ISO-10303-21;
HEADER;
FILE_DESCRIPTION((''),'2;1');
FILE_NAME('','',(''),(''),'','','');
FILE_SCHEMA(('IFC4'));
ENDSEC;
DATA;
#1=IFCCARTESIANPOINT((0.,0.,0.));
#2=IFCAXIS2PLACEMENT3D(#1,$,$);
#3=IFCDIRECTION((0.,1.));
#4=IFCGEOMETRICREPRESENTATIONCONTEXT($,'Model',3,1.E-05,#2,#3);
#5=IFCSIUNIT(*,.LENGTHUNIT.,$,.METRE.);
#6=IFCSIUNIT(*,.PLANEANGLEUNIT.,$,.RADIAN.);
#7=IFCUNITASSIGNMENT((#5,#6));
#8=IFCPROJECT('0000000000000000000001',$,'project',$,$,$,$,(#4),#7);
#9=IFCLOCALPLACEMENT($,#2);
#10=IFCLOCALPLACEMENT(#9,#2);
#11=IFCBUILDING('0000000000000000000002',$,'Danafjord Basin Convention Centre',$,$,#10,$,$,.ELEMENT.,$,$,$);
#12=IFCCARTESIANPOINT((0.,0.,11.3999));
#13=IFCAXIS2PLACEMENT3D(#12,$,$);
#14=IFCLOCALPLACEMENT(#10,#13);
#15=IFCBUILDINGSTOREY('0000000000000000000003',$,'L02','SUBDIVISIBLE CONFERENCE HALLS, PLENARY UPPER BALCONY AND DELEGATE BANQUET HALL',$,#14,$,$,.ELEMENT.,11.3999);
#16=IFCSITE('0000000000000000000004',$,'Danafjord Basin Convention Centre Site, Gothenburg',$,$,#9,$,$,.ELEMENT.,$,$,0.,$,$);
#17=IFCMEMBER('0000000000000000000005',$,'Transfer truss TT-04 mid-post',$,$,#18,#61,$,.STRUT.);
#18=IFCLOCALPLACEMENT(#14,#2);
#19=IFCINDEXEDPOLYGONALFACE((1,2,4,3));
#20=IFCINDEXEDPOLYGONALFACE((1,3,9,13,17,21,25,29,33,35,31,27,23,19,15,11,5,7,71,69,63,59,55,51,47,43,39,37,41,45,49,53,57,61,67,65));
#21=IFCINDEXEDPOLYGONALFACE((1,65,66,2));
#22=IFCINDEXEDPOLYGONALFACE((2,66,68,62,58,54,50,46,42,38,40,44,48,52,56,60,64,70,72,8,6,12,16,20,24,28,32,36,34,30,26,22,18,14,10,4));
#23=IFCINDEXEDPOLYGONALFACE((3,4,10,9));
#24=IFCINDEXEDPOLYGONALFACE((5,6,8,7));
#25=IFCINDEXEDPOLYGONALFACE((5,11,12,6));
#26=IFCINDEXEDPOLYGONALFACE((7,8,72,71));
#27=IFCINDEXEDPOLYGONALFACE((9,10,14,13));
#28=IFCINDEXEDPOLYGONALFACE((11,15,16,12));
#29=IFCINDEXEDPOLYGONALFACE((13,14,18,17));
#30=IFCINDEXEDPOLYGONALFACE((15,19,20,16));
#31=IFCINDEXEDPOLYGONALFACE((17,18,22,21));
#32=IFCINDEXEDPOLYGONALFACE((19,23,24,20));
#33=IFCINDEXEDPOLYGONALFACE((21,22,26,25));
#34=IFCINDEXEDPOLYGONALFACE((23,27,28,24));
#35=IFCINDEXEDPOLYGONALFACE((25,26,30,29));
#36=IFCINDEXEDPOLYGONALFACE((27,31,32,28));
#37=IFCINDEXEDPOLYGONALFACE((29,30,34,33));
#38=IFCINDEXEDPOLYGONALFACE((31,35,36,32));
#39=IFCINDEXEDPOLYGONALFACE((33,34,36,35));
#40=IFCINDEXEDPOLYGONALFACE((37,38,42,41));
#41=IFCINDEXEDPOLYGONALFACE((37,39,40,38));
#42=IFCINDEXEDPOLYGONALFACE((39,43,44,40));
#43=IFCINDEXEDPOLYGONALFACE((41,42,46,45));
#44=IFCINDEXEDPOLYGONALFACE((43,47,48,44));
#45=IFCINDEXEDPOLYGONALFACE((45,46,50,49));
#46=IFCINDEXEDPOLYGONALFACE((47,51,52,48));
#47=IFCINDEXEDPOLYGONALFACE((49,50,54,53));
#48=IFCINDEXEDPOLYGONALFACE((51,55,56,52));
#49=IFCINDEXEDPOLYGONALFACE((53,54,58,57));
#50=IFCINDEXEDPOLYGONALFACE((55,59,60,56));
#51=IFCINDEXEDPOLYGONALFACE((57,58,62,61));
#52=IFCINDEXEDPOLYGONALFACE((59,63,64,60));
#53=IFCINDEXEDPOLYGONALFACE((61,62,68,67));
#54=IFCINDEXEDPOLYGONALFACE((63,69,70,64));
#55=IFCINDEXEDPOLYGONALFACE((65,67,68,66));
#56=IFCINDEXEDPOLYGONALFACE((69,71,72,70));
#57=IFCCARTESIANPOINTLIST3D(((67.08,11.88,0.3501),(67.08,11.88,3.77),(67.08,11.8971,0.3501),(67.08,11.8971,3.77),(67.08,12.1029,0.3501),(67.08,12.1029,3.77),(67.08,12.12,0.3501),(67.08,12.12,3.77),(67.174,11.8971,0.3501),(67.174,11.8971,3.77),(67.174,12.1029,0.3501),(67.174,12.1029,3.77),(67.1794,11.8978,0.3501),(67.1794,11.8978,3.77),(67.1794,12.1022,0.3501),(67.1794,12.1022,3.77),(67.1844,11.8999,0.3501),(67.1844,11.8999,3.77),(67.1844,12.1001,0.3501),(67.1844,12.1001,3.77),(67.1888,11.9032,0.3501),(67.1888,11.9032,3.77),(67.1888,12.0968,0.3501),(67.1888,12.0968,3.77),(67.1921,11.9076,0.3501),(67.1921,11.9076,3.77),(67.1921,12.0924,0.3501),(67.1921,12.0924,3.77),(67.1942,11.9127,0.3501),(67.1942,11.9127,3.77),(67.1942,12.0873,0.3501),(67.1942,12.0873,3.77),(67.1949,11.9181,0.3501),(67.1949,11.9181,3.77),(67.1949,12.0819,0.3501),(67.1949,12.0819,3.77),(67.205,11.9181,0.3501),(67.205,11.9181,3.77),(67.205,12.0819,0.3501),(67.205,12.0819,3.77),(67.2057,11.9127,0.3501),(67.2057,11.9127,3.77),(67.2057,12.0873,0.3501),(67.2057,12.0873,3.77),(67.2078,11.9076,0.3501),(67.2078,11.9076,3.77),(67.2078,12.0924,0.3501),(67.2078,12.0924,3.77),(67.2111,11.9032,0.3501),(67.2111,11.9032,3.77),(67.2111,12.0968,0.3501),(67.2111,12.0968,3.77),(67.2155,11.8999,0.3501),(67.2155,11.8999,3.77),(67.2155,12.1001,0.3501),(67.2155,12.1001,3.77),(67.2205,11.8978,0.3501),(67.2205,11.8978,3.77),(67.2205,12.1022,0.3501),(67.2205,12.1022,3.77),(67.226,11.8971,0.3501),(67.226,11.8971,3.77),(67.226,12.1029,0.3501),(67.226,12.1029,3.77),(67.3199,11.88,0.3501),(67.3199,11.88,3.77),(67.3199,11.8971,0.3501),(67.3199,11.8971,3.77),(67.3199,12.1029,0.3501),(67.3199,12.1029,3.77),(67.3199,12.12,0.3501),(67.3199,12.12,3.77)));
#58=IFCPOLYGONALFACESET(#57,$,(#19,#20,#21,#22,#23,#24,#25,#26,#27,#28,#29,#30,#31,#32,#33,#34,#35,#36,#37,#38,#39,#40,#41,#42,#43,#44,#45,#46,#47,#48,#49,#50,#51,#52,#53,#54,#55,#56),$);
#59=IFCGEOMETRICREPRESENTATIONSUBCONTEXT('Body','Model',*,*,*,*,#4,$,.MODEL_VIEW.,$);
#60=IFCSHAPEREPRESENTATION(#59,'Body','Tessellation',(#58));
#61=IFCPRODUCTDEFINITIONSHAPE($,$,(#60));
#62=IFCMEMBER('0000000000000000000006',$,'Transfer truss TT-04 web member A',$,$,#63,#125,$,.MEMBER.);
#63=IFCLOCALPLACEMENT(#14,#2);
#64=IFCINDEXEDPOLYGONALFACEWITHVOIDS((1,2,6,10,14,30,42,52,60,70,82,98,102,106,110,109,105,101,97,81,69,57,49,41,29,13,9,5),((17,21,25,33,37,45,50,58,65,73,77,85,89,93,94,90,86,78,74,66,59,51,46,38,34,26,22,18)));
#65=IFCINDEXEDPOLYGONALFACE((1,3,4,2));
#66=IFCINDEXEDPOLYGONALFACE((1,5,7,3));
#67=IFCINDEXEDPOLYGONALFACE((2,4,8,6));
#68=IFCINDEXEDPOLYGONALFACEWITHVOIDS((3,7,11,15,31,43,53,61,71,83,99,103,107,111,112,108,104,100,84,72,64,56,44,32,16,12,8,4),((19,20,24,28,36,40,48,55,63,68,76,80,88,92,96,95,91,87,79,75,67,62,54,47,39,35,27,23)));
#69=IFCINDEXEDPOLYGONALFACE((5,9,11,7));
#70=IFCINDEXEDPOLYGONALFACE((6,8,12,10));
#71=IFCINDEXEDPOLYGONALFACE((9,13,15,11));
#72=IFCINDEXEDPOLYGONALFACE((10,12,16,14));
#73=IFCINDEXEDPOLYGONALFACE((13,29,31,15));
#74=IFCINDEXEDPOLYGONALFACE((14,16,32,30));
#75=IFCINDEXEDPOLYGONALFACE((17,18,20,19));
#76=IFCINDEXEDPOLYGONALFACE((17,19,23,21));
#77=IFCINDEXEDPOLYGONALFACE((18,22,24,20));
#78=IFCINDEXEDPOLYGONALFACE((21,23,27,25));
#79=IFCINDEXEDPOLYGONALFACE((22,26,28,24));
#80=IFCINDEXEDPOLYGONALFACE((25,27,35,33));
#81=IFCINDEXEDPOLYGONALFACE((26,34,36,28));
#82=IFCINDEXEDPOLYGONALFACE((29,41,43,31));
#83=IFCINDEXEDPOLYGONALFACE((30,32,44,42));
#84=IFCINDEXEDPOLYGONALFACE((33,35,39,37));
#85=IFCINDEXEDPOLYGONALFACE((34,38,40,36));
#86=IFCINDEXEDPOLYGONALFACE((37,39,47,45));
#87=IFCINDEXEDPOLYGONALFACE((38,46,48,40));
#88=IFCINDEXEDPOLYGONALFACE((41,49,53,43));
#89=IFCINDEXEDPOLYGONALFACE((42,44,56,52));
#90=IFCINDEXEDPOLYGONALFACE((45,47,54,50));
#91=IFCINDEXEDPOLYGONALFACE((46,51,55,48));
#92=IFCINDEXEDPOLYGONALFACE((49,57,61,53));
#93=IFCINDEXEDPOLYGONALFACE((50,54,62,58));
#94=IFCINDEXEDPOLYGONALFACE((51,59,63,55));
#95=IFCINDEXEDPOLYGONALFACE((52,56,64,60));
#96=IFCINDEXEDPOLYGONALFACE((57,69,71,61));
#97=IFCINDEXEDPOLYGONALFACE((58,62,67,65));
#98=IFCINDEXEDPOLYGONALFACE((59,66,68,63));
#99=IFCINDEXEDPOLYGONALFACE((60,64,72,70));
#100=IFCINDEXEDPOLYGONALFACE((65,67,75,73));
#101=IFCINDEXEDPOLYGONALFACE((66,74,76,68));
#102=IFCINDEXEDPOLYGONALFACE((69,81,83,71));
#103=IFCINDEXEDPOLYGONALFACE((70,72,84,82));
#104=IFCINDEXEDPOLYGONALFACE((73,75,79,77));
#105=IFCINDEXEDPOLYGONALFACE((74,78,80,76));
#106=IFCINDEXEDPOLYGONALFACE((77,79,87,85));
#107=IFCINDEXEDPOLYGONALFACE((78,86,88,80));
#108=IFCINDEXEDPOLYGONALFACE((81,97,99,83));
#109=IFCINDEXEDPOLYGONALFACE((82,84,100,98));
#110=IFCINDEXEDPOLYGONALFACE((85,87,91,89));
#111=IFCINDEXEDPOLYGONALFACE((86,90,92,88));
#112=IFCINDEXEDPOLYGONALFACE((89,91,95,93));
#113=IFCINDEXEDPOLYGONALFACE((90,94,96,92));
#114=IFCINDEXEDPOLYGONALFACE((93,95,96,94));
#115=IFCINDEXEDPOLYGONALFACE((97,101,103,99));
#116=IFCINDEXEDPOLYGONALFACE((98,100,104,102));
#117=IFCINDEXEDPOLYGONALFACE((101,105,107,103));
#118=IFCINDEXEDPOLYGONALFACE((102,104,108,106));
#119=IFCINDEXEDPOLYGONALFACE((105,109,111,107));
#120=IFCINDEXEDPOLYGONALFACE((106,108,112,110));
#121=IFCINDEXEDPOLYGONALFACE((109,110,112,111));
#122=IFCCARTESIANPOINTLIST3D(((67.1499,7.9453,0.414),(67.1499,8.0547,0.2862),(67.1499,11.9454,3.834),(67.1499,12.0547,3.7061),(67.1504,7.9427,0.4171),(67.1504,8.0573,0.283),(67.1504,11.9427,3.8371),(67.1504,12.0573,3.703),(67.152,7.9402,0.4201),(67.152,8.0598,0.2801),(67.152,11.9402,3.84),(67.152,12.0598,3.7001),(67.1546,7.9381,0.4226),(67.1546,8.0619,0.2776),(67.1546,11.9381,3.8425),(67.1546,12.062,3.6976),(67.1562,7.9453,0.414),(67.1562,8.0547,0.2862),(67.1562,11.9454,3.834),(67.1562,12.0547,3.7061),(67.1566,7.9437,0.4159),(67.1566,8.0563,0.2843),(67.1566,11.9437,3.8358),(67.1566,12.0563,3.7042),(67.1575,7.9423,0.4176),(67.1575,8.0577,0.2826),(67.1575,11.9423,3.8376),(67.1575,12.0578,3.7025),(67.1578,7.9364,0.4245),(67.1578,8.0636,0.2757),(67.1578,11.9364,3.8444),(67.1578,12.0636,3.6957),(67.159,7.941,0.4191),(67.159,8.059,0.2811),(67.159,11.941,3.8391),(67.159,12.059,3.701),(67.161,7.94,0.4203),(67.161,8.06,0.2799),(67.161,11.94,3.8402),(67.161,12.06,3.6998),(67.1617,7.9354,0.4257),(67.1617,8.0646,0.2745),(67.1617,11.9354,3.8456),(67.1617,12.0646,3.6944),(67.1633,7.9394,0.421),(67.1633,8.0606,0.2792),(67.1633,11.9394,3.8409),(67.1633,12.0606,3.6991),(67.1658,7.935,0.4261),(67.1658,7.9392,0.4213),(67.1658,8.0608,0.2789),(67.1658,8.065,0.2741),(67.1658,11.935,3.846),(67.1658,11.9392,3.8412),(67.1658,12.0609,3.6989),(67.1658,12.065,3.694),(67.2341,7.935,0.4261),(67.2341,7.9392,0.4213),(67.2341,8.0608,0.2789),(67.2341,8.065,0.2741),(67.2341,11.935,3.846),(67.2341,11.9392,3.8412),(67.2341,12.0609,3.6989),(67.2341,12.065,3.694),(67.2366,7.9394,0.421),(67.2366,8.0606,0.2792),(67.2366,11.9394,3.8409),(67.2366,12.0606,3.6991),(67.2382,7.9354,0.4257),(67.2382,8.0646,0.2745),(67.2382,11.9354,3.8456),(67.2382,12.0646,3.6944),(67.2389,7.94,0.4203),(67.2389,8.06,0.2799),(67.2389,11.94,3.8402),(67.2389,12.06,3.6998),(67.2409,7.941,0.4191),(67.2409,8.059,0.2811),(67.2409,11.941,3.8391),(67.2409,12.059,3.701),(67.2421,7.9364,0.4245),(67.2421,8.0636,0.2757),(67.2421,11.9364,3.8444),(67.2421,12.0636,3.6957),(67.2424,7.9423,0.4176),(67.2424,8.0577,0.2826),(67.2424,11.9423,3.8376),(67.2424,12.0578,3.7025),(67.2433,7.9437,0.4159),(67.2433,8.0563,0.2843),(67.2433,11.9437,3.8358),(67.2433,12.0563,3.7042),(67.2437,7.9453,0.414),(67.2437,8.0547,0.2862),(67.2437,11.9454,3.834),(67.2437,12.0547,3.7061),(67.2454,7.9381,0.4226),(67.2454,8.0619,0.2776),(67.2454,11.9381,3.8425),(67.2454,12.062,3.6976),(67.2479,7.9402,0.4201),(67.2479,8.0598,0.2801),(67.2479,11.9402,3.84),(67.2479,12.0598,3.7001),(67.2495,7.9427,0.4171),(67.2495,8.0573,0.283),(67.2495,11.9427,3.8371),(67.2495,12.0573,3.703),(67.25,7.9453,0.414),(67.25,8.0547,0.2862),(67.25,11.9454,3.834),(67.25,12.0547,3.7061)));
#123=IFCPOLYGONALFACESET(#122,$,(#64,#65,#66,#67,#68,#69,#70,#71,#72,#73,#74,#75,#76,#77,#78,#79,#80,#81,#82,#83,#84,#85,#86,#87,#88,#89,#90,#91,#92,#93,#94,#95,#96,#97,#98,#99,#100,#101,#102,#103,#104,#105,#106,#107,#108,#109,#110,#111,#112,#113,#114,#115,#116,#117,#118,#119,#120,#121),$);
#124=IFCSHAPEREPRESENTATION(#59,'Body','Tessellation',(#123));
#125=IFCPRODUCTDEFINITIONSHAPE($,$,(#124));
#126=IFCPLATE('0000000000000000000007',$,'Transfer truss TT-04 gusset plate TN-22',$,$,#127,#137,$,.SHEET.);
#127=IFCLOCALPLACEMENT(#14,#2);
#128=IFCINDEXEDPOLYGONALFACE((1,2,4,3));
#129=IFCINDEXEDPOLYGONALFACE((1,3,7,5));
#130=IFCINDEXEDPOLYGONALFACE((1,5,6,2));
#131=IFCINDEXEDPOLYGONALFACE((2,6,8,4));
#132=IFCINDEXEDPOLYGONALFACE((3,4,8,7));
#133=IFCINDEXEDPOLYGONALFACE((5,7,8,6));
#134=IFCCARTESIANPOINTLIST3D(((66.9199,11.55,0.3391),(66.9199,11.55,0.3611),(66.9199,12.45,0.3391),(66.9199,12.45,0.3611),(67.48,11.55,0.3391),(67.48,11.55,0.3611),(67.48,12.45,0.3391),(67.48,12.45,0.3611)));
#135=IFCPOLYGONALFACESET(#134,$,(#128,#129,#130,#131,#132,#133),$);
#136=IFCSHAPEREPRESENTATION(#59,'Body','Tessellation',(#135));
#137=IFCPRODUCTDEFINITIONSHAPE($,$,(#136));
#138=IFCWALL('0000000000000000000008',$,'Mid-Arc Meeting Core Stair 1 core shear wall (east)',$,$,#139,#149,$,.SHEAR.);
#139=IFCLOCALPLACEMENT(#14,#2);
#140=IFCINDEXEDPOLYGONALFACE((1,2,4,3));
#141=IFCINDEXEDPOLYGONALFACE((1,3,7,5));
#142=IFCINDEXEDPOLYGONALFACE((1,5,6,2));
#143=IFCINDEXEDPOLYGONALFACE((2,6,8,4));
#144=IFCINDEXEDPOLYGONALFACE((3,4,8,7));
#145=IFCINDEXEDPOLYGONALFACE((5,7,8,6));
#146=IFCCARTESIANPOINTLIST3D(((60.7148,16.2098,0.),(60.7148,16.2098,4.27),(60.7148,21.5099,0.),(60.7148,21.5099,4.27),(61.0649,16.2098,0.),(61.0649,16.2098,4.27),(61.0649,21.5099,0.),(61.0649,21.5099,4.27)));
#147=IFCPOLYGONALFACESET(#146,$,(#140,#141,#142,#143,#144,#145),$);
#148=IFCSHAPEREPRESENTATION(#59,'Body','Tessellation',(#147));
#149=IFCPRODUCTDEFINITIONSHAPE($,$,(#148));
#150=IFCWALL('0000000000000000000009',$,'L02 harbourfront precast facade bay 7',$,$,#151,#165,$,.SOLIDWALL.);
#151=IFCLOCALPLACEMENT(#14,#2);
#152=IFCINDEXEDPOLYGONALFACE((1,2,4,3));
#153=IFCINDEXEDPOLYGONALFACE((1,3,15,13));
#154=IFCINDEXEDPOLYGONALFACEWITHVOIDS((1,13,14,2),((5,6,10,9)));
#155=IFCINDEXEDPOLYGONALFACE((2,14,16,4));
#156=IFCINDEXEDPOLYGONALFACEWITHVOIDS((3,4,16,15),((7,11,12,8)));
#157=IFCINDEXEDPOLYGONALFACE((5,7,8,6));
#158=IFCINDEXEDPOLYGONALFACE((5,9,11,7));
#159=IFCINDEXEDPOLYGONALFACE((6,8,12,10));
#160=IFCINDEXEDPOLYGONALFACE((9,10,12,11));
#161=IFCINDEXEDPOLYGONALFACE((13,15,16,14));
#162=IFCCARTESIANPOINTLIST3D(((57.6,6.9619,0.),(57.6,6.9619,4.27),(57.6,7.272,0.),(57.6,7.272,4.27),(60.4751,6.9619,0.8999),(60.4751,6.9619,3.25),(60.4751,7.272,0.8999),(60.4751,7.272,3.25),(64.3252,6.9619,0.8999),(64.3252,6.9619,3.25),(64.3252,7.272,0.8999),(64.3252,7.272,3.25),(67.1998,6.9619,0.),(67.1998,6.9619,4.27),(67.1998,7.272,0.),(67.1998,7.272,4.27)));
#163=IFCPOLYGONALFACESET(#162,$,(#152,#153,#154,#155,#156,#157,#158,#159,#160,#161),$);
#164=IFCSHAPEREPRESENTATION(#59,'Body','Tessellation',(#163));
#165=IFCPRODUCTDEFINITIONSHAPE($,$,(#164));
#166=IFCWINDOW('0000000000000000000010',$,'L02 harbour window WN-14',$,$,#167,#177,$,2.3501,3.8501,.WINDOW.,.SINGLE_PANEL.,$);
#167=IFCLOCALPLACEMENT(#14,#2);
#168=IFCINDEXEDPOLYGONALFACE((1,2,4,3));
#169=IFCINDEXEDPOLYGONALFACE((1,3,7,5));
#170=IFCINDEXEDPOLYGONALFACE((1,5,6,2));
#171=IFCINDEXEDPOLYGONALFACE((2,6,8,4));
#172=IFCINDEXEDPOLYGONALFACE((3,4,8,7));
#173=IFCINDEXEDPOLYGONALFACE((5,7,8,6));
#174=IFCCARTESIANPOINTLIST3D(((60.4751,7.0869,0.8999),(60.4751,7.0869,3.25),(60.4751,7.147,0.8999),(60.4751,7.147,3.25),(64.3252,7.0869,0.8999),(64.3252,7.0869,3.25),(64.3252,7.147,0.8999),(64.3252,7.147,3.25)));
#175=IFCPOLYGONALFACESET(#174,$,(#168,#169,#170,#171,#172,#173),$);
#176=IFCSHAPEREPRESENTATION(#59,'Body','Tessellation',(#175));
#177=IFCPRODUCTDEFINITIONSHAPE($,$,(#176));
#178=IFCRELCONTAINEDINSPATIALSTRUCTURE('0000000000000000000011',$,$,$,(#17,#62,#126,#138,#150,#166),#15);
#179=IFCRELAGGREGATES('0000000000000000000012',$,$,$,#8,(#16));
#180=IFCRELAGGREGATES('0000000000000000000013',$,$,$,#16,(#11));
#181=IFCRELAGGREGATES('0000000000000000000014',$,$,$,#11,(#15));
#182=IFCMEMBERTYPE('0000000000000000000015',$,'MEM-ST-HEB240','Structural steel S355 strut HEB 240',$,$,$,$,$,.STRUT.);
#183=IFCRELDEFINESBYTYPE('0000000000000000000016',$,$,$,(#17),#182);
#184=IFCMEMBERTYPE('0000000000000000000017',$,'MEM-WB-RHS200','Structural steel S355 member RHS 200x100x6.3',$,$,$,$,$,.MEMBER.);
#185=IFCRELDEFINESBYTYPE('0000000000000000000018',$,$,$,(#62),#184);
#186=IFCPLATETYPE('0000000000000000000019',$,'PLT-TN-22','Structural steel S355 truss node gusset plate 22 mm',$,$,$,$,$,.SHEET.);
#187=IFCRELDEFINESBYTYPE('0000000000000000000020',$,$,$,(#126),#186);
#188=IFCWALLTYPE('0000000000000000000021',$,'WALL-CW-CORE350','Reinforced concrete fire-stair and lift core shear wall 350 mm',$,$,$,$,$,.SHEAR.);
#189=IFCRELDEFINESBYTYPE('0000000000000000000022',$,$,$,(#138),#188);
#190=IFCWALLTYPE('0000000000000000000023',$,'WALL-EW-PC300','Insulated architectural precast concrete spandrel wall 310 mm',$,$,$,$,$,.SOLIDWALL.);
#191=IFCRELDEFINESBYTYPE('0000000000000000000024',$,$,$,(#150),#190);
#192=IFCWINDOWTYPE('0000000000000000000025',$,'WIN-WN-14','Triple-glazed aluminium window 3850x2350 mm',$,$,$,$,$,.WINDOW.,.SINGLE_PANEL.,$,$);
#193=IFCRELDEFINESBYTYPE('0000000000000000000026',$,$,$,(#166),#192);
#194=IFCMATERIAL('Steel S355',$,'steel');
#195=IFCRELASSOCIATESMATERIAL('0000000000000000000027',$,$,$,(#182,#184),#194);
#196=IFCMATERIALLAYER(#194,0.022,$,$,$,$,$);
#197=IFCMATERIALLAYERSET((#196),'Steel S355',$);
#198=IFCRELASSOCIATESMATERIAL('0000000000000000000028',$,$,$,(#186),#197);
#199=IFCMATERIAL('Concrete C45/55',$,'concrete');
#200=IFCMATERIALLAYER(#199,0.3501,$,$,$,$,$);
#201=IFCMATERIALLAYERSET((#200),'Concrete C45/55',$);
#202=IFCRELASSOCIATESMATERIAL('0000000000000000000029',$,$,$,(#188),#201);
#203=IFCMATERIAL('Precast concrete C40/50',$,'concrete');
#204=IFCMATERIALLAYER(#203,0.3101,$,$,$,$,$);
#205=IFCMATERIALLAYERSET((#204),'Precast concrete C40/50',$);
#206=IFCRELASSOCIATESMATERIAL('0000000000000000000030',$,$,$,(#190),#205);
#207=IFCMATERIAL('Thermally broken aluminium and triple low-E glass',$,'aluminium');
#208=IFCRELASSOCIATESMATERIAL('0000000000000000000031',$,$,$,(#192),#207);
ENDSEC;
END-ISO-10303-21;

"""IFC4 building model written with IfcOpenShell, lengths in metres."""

from ifc_helpers import new_model, si_unit, direction, frame, frame_2d, origin, origin_2d, place, context, subcontext, project, spatial, rectangle, hollow_rectangle, i_section, extrude, material, layer, layer_set, material_profile, profile_set, type_object, element, fill, save


model = new_model("IFC4")

# Units and contexts
model_context = context("Model", 3, precision=1e-05, world=origin(), true_north=direction((0.0, 1.0)))
body_context = subcontext(model_context, "Body", "Model", "MODEL_VIEW")
ifc_project = project(units=[si_unit("LENGTHUNIT", "METRE"), si_unit("PLANEANGLEUNIT", "RADIAN")], contexts=[model_context])

# Site, building, storey
site_placement = place(None, origin())
site = spatial("IfcSite", under=ifc_project, at=site_placement, Name="Danafjord Basin Convention Centre Site, Gothenburg", CompositionType="ELEMENT", RefElevation=0.0)
building_placement = place(site_placement, origin())
building = spatial("IfcBuilding", under=site, at=building_placement, Name="Danafjord Basin Convention Centre", CompositionType="ELEMENT")
storey_placement = place(building_placement, frame((0.0, 0.0, 11.3999)))
storey = spatial("IfcBuildingStorey", under=building, at=storey_placement, Name="L02", Description="SUBDIVISIBLE CONFERENCE HALLS, PLENARY UPPER BALCONY AND DELEGATE BANQUET HALL", CompositionType="ELEMENT", Elevation=11.3999)

# Shared definitions
ifc_material_1 = material(Name="Steel S355", Category="steel")

# Members
ifc_material_profile_1 = material_profile(ifc_material_1, i_section(OverallWidth=0.24, OverallDepth=0.24, WebThickness=0.01, FlangeThickness=0.0171, FilletRadius=0.021, at=origin_2d()), Name="HEB 240")
ifc_profile_set_1 = profile_set([ifc_material_profile_1], Name="Steel S355")
member_type_1 = type_object("IfcMemberType", Name="MEM-ST-HEB240", Description="Structural steel S355 strut HEB 240", PredefinedType="STRUT", material=ifc_profile_set_1)
member_1_placement = place(storey_placement, frame((67.2, 12.0, 0.3501), z_axis=(0.0, 0.0, 1.0), x_axis=(1.0, 0.0, 0.0)))
element("IfcMember", 1, at=member_1_placement, inside=storey, type_object=member_type_1, Name="Transfer truss TT-04 mid-post", PredefinedType="STRUT", context=body_context, shape_type="SweptSolid", body=[
    extrude(i_section(OverallWidth=0.24, OverallDepth=0.24, WebThickness=0.01, FlangeThickness=0.0171, FilletRadius=0.021, at=origin_2d()), origin(), (0.0, 0.0, 1.0), 3.4199),
])
ifc_material_profile_2 = material_profile(ifc_material_1, hollow_rectangle(XDim=0.1001, YDim=0.2, WallThickness=0.0063, InnerFilletRadius=0.0095, OuterFilletRadius=0.0159, at=origin_2d()), Name="RHS 200x100x6.3")
ifc_profile_set_2 = profile_set([ifc_material_profile_2], Name="Steel S355")
member_type_2 = type_object("IfcMemberType", Name="MEM-WB-RHS200", Description="Structural steel S355 member RHS 200x100x6.3", PredefinedType="MEMBER", material=ifc_profile_set_2)
member_2_placement = place(storey_placement, frame((67.2, 8.0, 0.3501), z_axis=(0.0, 0.760068, 0.649843), x_axis=(-1.0, 0.0, 0.0)))
element("IfcMember", 2, at=member_2_placement, inside=storey, type_object=member_type_2, Name="Transfer truss TT-04 web member A", PredefinedType="MEMBER", context=body_context, shape_type="SweptSolid", body=[
    extrude(hollow_rectangle(XDim=0.1001, YDim=0.2, WallThickness=0.0063, InnerFilletRadius=0.0095, OuterFilletRadius=0.0159, at=origin_2d()), origin(), (0.0, 0.0, 1.0), 5.2627),
])

# Plate
ifc_layer_1 = layer(ifc_material_1, 0.022)
ifc_layer_set_1 = layer_set([ifc_layer_1], Name="Steel S355")
plate_type = type_object("IfcPlateType", Name="PLT-TN-22", Description="Structural steel S355 truss node gusset plate 22 mm", PredefinedType="SHEET", material=ifc_layer_set_1)
plate_placement = place(storey_placement, frame((67.2, 12.0, 0.3391), z_axis=(0.0, 0.0, 1.0), x_axis=(1.0, 0.0, 0.0)))
element("IfcPlate", 3, at=plate_placement, inside=storey, type_object=plate_type, Name="Transfer truss TT-04 gusset plate TN-22", PredefinedType="SHEET", context=body_context, shape_type="SweptSolid", body=[
    extrude(rectangle(XDim=0.5601, YDim=0.8999, at=origin_2d()), origin(), (0.0, 0.0, 1.0), 0.022),
])

# Wall
ifc_material_2 = material(Name="Concrete C45/55", Category="concrete")
ifc_layer_2 = layer(ifc_material_2, 0.3501)
ifc_layer_set_2 = layer_set([ifc_layer_2], Name="Concrete C45/55")
wall_type_1 = type_object("IfcWallType", Name="WALL-CW-CORE350", Description="Reinforced concrete fire-stair and lift core shear wall 350 mm", PredefinedType="SHEAR", material=ifc_layer_set_2)
wall_1_placement = place(storey_placement, frame((60.8899, 16.21, 0.0), z_axis=(0.0, 0.0, 1.0), x_axis=(0.0, 1.0, 0.0)))
element("IfcWall", 4, at=wall_1_placement, inside=storey, type_object=wall_type_1, Name="Mid-Arc Meeting Core Stair 1 core shear wall (east)", PredefinedType="SHEAR", context=body_context, shape_type="SweptSolid", body=[
    extrude(rectangle(XDim=5.3, YDim=0.3501, at=frame_2d((2.6499, 0.0))), origin(), (0.0, 0.0, 1.0), 4.27),
])

# Wall, opening, window
ifc_material_3 = material(Name="Precast concrete C40/50", Category="concrete")
ifc_layer_3 = layer(ifc_material_3, 0.3101)
ifc_layer_set_3 = layer_set([ifc_layer_3], Name="Precast concrete C40/50")
wall_type_2 = type_object("IfcWallType", Name="WALL-EW-PC300", Description="Insulated architectural precast concrete spandrel wall 310 mm", PredefinedType="SOLIDWALL", material=ifc_layer_set_3)
wall_2_placement = place(storey_placement, frame((57.6001, 7.1169, 0.0), z_axis=(0.0, 0.0, 1.0), x_axis=(1.0, 0.0, 0.0)))
wall_2 = element("IfcWall", 5, at=wall_2_placement, inside=storey, type_object=wall_type_2, Name="L02 harbourfront precast facade bay 7", PredefinedType="SOLIDWALL", context=body_context, shape_type="SweptSolid", body=[
    extrude(rectangle(XDim=9.5999, YDim=0.3101, at=frame_2d((4.7998, 0.0))), origin(), (0.0, 0.0, 1.0), 4.27),
])
opening_placement = place(wall_2_placement, frame((2.875, 0.0, 0.8999)))
opening = element("IfcOpeningElement", 6, at=opening_placement, cuts=wall_2, PredefinedType="OPENING", context=body_context, shape_type="SweptSolid", body=[
    extrude(rectangle(XDim=3.8501, YDim=2.3501, at=frame_2d((1.925, 1.175))), frame((0.0, 0.165, 0.0), z_axis=(0.0, -1.0, 0.0), x_axis=(1.0, 0.0, 0.0)), (0.0, 0.0, 1.0), 0.3301),
])
ifc_material_4 = material(Name="Thermally broken aluminium and triple low-E glass", Category="aluminium")
window_type = type_object("IfcWindowType", Name="WIN-WN-14", Description="Triple-glazed aluminium window 3850x2350 mm", PartitioningType="SINGLE_PANEL", PredefinedType="WINDOW", material=ifc_material_4)
window_placement = place(opening_placement, origin())
window = element("IfcWindow", 7, at=window_placement, inside=storey, type_object=window_type, Name="L02 harbour window WN-14", OverallHeight=2.3501, OverallWidth=3.8501, PartitioningType="SINGLE_PANEL", PredefinedType="WINDOW", context=body_context, shape_type="SweptSolid", body=[
    extrude(rectangle(XDim=3.8501, YDim=2.3501, at=frame_2d((1.925, 1.175))), frame((0.0, 0.03, 0.0), z_axis=(0.0, -1.0, 0.0), x_axis=(1.0, 0.0, 0.0)), (0.0, 0.0, 1.0), 0.0601),
])
fill(opening, window)

save(model, "model.ifc")
